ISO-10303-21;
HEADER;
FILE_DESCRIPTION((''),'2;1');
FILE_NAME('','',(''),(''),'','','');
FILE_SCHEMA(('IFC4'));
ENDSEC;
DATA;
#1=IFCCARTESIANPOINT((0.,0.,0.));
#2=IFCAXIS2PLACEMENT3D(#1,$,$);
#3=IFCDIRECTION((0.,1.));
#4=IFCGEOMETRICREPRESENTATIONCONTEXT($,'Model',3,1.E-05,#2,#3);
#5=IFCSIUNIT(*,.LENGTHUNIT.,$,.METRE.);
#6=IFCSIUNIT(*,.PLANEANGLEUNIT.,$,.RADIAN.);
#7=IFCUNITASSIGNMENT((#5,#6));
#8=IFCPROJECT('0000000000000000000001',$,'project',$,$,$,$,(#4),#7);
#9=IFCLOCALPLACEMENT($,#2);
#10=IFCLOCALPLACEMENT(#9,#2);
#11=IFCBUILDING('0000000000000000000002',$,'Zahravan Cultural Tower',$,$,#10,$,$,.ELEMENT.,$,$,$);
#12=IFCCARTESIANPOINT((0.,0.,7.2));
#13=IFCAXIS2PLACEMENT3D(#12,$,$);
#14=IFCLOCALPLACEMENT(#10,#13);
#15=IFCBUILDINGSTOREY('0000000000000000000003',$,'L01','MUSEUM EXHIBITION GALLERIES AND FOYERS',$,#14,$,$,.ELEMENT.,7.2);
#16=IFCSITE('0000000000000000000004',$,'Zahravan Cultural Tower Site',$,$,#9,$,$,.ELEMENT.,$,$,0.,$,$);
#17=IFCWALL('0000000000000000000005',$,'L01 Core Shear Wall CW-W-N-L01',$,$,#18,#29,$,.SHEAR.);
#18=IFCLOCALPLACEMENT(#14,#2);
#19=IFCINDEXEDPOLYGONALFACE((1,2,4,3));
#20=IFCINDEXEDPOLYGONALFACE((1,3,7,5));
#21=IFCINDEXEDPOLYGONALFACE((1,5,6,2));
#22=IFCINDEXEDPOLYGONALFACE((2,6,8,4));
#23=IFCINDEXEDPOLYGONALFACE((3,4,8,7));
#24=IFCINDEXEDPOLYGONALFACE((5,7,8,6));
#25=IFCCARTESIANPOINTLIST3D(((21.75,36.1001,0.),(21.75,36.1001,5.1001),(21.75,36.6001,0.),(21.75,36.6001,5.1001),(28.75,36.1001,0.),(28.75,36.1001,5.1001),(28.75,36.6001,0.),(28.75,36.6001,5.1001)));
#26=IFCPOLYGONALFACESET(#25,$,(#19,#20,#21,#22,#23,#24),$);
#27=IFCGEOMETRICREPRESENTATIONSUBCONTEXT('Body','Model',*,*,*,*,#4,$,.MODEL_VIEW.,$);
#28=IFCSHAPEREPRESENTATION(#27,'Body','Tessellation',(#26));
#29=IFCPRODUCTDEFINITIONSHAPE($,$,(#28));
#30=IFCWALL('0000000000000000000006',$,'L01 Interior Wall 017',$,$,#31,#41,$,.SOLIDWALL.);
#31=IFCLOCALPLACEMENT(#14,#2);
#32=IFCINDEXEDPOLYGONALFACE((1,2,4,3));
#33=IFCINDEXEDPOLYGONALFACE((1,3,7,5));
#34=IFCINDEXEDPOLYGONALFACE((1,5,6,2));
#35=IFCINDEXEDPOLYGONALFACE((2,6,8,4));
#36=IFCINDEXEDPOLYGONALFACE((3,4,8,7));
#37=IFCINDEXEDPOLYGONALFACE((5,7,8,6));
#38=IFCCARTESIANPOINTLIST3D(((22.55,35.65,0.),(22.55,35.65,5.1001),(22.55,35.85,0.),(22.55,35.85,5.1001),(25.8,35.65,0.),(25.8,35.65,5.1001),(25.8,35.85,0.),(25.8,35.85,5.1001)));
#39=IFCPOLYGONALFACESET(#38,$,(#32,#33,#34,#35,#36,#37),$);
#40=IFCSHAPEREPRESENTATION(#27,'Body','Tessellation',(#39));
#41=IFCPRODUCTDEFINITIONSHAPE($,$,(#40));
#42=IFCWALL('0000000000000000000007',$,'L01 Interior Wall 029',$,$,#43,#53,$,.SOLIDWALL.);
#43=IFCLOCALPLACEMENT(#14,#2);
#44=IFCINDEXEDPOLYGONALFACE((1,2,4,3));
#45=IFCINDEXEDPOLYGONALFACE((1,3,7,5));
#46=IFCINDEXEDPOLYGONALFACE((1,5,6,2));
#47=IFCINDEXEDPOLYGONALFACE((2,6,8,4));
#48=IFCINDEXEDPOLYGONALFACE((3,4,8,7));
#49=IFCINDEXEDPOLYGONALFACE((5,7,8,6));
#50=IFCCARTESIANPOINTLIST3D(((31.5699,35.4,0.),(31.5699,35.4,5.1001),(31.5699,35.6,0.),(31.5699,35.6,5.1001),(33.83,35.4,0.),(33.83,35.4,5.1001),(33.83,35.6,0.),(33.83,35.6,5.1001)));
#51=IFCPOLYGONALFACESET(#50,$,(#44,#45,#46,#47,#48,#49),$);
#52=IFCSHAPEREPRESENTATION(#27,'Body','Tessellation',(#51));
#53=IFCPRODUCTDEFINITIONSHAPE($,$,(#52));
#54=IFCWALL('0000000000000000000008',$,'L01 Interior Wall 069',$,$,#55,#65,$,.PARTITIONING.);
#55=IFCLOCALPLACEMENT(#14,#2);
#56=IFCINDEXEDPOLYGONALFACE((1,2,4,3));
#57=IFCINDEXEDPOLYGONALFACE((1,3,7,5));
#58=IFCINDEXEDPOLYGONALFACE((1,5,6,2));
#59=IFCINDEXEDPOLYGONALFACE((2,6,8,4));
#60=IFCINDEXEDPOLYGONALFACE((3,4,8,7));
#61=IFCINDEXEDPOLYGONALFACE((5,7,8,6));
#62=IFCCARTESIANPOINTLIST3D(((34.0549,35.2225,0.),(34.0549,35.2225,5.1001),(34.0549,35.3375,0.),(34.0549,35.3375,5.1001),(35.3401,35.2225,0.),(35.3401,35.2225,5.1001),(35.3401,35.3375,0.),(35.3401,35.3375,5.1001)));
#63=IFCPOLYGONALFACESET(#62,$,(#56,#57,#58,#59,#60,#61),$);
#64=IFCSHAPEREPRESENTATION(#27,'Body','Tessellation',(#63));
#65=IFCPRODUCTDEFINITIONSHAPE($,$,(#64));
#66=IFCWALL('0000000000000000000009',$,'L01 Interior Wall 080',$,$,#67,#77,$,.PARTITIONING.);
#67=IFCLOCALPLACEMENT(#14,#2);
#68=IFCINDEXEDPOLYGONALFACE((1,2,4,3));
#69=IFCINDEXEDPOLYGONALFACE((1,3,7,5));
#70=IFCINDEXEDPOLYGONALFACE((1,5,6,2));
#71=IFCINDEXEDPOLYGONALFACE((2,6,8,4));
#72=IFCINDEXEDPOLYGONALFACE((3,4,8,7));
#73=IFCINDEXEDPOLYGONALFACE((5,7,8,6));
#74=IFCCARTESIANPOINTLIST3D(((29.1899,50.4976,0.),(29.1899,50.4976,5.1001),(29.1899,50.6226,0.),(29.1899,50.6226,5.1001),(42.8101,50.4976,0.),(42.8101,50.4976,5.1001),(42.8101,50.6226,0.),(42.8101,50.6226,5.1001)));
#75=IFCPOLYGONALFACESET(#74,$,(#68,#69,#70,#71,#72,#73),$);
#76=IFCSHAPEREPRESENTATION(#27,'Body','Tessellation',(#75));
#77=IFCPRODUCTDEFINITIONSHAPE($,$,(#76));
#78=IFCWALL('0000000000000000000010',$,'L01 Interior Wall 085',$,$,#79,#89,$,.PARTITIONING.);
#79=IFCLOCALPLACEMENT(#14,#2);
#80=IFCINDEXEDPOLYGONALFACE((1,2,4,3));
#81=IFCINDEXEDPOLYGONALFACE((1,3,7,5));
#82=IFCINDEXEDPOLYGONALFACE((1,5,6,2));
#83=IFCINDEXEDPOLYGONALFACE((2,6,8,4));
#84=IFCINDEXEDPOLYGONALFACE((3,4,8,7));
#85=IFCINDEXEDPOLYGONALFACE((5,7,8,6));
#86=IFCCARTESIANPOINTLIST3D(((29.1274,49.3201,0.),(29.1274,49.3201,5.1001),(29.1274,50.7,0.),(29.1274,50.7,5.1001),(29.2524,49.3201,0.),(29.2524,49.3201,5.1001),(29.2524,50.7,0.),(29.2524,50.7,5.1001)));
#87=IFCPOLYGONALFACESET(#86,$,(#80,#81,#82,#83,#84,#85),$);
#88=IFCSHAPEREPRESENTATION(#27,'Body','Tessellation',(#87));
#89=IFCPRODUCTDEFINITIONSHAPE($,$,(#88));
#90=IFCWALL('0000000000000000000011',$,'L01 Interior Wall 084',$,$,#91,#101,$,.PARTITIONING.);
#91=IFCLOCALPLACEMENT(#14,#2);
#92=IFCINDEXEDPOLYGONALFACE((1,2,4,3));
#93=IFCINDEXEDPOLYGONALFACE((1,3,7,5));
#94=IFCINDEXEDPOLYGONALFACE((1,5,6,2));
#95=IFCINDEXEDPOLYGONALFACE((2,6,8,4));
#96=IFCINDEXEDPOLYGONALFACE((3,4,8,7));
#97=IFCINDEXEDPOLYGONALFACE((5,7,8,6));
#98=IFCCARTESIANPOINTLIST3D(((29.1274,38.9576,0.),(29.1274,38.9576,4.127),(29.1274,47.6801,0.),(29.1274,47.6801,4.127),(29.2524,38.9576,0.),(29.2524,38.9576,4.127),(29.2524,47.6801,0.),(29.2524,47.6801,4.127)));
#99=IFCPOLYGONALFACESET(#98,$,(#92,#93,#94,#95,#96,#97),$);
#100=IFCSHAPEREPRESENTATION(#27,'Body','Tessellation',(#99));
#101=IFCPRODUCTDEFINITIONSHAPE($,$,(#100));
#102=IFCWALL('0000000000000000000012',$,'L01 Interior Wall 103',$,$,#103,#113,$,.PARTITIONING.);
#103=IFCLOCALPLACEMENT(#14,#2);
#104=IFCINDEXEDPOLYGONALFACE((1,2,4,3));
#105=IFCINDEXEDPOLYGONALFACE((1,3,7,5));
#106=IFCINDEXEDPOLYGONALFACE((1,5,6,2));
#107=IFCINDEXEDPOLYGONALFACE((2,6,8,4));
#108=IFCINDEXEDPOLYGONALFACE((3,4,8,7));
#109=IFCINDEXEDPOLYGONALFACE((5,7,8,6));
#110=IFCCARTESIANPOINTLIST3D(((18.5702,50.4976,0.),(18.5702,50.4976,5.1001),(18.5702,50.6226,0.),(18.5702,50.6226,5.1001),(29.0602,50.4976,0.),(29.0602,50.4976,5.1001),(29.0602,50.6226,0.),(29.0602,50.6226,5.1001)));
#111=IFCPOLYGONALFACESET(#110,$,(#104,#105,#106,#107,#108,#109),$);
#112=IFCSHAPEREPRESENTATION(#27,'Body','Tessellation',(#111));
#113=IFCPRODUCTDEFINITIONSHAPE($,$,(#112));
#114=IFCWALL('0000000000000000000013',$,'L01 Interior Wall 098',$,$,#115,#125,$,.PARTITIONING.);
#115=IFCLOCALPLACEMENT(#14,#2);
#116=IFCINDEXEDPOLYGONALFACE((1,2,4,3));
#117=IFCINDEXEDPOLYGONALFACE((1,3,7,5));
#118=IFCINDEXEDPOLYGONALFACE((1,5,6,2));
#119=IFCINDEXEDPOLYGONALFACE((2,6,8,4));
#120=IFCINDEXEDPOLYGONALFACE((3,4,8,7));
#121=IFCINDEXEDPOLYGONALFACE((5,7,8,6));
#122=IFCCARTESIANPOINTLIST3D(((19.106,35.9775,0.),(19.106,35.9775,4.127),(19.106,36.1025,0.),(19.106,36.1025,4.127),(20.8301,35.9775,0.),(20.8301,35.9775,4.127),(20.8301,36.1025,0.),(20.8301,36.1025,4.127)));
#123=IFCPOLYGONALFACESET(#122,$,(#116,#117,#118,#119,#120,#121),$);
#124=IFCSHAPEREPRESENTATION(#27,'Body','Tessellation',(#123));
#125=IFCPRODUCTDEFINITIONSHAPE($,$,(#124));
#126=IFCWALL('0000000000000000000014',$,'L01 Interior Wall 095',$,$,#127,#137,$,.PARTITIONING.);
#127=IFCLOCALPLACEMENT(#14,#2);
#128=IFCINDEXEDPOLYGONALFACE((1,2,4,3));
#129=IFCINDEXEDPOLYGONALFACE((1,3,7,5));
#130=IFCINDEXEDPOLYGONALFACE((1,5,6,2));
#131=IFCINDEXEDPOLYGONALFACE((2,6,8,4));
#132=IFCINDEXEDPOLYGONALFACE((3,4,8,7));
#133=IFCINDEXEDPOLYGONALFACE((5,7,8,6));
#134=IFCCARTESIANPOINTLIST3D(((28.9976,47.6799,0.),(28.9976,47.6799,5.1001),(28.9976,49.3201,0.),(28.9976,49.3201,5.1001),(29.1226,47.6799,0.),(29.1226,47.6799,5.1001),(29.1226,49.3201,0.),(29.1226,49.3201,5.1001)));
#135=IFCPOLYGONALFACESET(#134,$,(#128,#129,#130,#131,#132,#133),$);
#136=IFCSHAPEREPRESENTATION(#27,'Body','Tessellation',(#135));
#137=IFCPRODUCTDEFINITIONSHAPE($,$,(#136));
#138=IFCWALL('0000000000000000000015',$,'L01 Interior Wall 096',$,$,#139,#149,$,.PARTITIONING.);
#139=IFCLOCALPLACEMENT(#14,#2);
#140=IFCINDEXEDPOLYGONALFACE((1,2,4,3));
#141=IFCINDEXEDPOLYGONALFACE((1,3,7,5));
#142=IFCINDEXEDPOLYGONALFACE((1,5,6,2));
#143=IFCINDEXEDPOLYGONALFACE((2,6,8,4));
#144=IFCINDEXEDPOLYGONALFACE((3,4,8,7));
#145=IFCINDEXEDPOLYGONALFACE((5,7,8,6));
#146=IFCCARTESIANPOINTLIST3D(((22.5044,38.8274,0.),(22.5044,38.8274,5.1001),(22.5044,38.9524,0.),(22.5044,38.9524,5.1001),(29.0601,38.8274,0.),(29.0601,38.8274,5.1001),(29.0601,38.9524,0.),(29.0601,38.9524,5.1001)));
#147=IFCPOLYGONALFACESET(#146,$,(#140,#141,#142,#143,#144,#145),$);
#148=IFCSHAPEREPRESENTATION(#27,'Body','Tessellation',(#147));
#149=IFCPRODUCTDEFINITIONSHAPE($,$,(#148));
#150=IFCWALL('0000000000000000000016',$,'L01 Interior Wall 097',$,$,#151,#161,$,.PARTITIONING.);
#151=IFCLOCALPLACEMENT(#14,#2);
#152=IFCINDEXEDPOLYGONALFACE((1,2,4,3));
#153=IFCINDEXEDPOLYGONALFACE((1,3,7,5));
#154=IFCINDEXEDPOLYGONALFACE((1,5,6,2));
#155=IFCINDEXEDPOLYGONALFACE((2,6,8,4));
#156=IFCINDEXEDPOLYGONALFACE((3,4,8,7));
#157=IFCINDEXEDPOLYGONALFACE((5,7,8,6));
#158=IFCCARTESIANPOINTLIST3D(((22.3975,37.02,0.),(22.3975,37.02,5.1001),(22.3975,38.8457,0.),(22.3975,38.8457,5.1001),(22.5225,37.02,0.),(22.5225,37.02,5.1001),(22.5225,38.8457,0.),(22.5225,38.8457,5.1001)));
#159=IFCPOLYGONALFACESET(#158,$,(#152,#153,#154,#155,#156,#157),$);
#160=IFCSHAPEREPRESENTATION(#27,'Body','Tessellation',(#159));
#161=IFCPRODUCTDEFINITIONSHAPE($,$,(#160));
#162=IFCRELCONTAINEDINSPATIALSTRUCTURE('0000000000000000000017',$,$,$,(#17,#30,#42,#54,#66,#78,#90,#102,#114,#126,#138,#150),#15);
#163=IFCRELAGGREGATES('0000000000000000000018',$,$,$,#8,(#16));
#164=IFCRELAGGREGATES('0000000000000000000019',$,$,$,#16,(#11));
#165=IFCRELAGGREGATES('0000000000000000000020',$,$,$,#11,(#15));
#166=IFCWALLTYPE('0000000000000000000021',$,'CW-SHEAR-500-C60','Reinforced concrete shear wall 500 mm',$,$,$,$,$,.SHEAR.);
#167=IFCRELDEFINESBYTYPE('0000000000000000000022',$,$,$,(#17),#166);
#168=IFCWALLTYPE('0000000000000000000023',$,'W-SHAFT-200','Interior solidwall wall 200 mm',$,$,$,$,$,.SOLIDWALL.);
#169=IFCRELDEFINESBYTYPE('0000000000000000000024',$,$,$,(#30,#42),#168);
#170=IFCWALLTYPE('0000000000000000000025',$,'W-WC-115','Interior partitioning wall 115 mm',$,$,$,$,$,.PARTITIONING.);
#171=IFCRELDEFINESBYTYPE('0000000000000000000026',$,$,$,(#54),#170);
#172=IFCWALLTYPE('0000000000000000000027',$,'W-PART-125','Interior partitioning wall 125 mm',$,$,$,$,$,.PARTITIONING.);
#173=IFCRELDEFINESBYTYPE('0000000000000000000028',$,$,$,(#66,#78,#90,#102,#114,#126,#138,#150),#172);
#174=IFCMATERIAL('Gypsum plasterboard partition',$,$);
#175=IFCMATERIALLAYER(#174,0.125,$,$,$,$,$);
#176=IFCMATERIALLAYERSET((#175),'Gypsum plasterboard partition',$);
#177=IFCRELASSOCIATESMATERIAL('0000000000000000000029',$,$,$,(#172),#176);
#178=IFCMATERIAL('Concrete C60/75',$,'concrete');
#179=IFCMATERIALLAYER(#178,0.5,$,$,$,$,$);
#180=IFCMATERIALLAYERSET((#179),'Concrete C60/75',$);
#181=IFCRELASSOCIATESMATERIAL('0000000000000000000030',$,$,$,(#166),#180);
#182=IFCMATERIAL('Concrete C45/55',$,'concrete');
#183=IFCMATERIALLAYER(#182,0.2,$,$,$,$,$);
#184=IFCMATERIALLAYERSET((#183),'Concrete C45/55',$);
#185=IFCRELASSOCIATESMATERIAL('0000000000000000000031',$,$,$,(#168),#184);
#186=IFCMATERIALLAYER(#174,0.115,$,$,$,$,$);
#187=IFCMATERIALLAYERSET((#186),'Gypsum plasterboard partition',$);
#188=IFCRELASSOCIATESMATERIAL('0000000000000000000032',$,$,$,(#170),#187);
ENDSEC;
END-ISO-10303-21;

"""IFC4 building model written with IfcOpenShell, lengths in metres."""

from ifc_helpers import new_model, si_unit, direction, frame, frame_2d, origin, place, context, subcontext, project, spatial, rectangle, extrude, source, transform, mapped, material, layer, layer_set, type_object, element, save


model = new_model("IFC4")

# Units and contexts
model_context = context("Model", 3, precision=1e-05, world=origin(), true_north=direction((0.0, 1.0)))
body_context = subcontext(model_context, "Body", "Model", "MODEL_VIEW")
ifc_project = project(units=[si_unit("LENGTHUNIT", "METRE"), si_unit("PLANEANGLEUNIT", "RADIAN")], contexts=[model_context])

# Site, building, storey
site_placement = place(None, origin())
site = spatial("IfcSite", under=ifc_project, at=site_placement, Name="Zahravan Cultural Tower Site", CompositionType="ELEMENT", RefElevation=0.0)
building_placement = place(site_placement, origin())
building = spatial("IfcBuilding", under=site, at=building_placement, Name="Zahravan Cultural Tower", CompositionType="ELEMENT")
storey_placement = place(building_placement, frame((0.0, 0.0, 7.2)))
storey = spatial("IfcBuildingStorey", under=building, at=storey_placement, Name="L01", Description="MUSEUM EXHIBITION GALLERIES AND FOYERS", CompositionType="ELEMENT", Elevation=7.2)

# Shared definitions
ifc_material_1 = material(Name="Concrete C60/75", Category="concrete")

# Shared definitions
ifc_material_2 = material(Name="Gypsum plasterboard partition")
ifc_layer_1 = layer(ifc_material_2, 0.125)
ifc_layer_set_1 = layer_set([ifc_layer_1], Name="Gypsum plasterboard partition")
wall_type_1 = type_object("IfcWallType", Name="W-PART-125", Description="Interior partitioning wall 125 mm", PredefinedType="PARTITIONING", material=ifc_layer_set_1)

# Walls
ifc_layer_2 = layer(ifc_material_1, 0.5)
ifc_layer_set_2 = layer_set([ifc_layer_2], Name="Concrete C60/75")
wall_type_2 = type_object("IfcWallType", Name="CW-SHEAR-500-C60", Description="Reinforced concrete shear wall 500 mm", PredefinedType="SHEAR", material=ifc_layer_set_2)
shared_shape_1 = source(origin(), body_context, "Body", "SweptSolid", [
    extrude(rectangle(XDim=7.0, YDim=0.5, at=frame_2d((3.5, 0.0))), origin(), (0.0, 0.0, 1.0), 5.1001),
])
wall_1_placement = place(storey_placement, frame((21.75, 36.3501, 0.0), z_axis=(0.0, 0.0, 1.0), x_axis=(1.0, 0.0, 0.0)))
element("IfcWall", 1, at=wall_1_placement, inside=storey, type_object=wall_type_2, Name="L01 Core Shear Wall CW-W-N-L01", PredefinedType="SHEAR", context=body_context, shape_type="MappedRepresentation", body=[
    mapped(shared_shape_1, transform((0.0, 0.0, 0.0), x_axis=(1.0, 0.0, 0.0), y_axis=(0.0, 1.0, 0.0), z_axis=(0.0, 0.0, 1.0), scale=1.0)),
])
ifc_material_3 = material(Name="Concrete C45/55", Category="concrete")
ifc_layer_3 = layer(ifc_material_3, 0.2)
ifc_layer_set_3 = layer_set([ifc_layer_3], Name="Concrete C45/55")
wall_type_3 = type_object("IfcWallType", Name="W-SHAFT-200", Description="Interior solidwall wall 200 mm", PredefinedType="SOLIDWALL", material=ifc_layer_set_3)
shared_shape_2 = source(origin(), body_context, "Body", "SweptSolid", [
    extrude(rectangle(XDim=3.25, YDim=0.2, at=frame_2d((1.625, 0.0))), origin(), (0.0, 0.0, 1.0), 5.1001),
])
wall_2_placement = place(storey_placement, frame((22.55, 35.75, 0.0), z_axis=(0.0, 0.0, 1.0), x_axis=(1.0, 0.0, 0.0)))
element("IfcWall", 2, at=wall_2_placement, inside=storey, type_object=wall_type_3, Name="L01 Interior Wall 017", PredefinedType="SOLIDWALL", context=body_context, shape_type="MappedRepresentation", body=[
    mapped(shared_shape_2, transform((0.0, 0.0, 0.0), x_axis=(1.0, 0.0, 0.0), y_axis=(0.0, 1.0, 0.0), z_axis=(0.0, 0.0, 1.0), scale=1.0)),
])
shared_shape_3 = source(origin(), body_context, "Body", "SweptSolid", [
    extrude(rectangle(XDim=2.26, YDim=0.2, at=frame_2d((1.1299, 0.0))), origin(), (0.0, 0.0, 1.0), 5.1001),
])
wall_3_placement = place(storey_placement, frame((31.5701, 35.5, 0.0), z_axis=(0.0, 0.0, 1.0), x_axis=(1.0, 0.0, 0.0)))
element("IfcWall", 3, at=wall_3_placement, inside=storey, type_object=wall_type_3, Name="L01 Interior Wall 029", PredefinedType="SOLIDWALL", context=body_context, shape_type="MappedRepresentation", body=[
    mapped(shared_shape_3, transform((0.0, 0.0, 0.0), x_axis=(1.0, 0.0, 0.0), y_axis=(0.0, 1.0, 0.0), z_axis=(0.0, 0.0, 1.0), scale=1.0)),
])
ifc_layer_4 = layer(ifc_material_2, 0.115)
ifc_layer_set_4 = layer_set([ifc_layer_4], Name="Gypsum plasterboard partition")
wall_type_4 = type_object("IfcWallType", Name="W-WC-115", Description="Interior partitioning wall 115 mm", PredefinedType="PARTITIONING", material=ifc_layer_set_4)
shared_shape_4 = source(origin(), body_context, "Body", "SweptSolid", [
    extrude(rectangle(XDim=1.2852, YDim=0.115, at=frame_2d((0.6426, 0.0))), origin(), (0.0, 0.0, 1.0), 5.1001),
])
wall_4_placement = place(storey_placement, frame((34.0549, 35.28, 0.0), z_axis=(0.0, 0.0, 1.0), x_axis=(1.0, 0.0, 0.0)))
element("IfcWall", 4, at=wall_4_placement, inside=storey, type_object=wall_type_4, Name="L01 Interior Wall 069", PredefinedType="PARTITIONING", context=body_context, shape_type="MappedRepresentation", body=[
    mapped(shared_shape_4, transform((0.0, 0.0, 0.0), x_axis=(1.0, 0.0, 0.0), y_axis=(0.0, 1.0, 0.0), z_axis=(0.0, 0.0, 1.0), scale=1.0)),
])
shared_shape_5 = source(origin(), body_context, "Body", "SweptSolid", [
    extrude(rectangle(XDim=13.6201, YDim=0.125, at=frame_2d((6.8101, 0.0))), origin(), (0.0, 0.0, 1.0), 5.1001),
])
wall_5_placement = place(storey_placement, frame((29.1899, 50.5601, 0.0), z_axis=(0.0, 0.0, 1.0), x_axis=(1.0, 0.0, 0.0)))
element("IfcWall", 5, at=wall_5_placement, inside=storey, type_object=wall_type_1, Name="L01 Interior Wall 080", PredefinedType="PARTITIONING", context=body_context, shape_type="MappedRepresentation", body=[
    mapped(shared_shape_5, transform((0.0, 0.0, 0.0), x_axis=(1.0, 0.0, 0.0), y_axis=(0.0, 1.0, 0.0), z_axis=(0.0, 0.0, 1.0), scale=1.0)),
])
shared_shape_6 = source(origin(), body_context, "Body", "SweptSolid", [
    extrude(rectangle(XDim=1.3799, YDim=0.125, at=frame_2d((0.6899, 0.0))), origin(), (0.0, 0.0, 1.0), 5.1001),
])
wall_6_placement = place(storey_placement, frame((29.1899, 49.3201, 0.0), z_axis=(0.0, 0.0, 1.0), x_axis=(0.0, 1.0, 0.0)))
element("IfcWall", 6, at=wall_6_placement, inside=storey, type_object=wall_type_1, Name="L01 Interior Wall 085", PredefinedType="PARTITIONING", context=body_context, shape_type="MappedRepresentation", body=[
    mapped(shared_shape_6, transform((0.0, 0.0, 0.0), x_axis=(1.0, 0.0, 0.0), y_axis=(0.0, 1.0, 0.0), z_axis=(0.0, 0.0, 1.0), scale=1.0)),
])
shared_shape_7 = source(origin(), body_context, "Body", "SweptSolid", [
    extrude(rectangle(XDim=8.7224, YDim=0.125, at=frame_2d((4.3613, 0.0))), origin(), (0.0, 0.0, 1.0), 4.127),
])
wall_7_placement = place(storey_placement, frame((29.1899, 38.9575, 0.0), z_axis=(0.0, 0.0, 1.0), x_axis=(0.0, 1.0, 0.0)))
element("IfcWall", 7, at=wall_7_placement, inside=storey, type_object=wall_type_1, Name="L01 Interior Wall 084", PredefinedType="PARTITIONING", context=body_context, shape_type="MappedRepresentation", body=[
    mapped(shared_shape_7, transform((0.0, 0.0, 0.0), x_axis=(1.0, 0.0, 0.0), y_axis=(0.0, 1.0, 0.0), z_axis=(0.0, 0.0, 1.0), scale=1.0)),
])
shared_shape_8 = source(origin(), body_context, "Body", "SweptSolid", [
    extrude(rectangle(XDim=10.49, YDim=0.125, at=frame_2d((5.2451, 0.0))), origin(), (0.0, 0.0, 1.0), 5.1001),
])
wall_8_placement = place(storey_placement, frame((18.5701, 50.5601, 0.0), z_axis=(0.0, 0.0, 1.0), x_axis=(1.0, 0.0, 0.0)))
element("IfcWall", 8, at=wall_8_placement, inside=storey, type_object=wall_type_1, Name="L01 Interior Wall 103", PredefinedType="PARTITIONING", context=body_context, shape_type="MappedRepresentation", body=[
    mapped(shared_shape_8, transform((0.0, 0.0, 0.0), x_axis=(1.0, 0.0, 0.0), y_axis=(0.0, 1.0, 0.0), z_axis=(0.0, 0.0, 1.0), scale=1.0)),
])
shared_shape_9 = source(origin(), body_context, "Body", "SweptSolid", [
    extrude(rectangle(XDim=1.7241, YDim=0.125, at=frame_2d((0.8621, 0.0))), origin(), (0.0, 0.0, 1.0), 4.127),
])
wall_9_placement = place(storey_placement, frame((20.8301, 36.04, 0.0), z_axis=(0.0, 0.0, 1.0), x_axis=(-1.0, 0.0, 0.0)))
element("IfcWall", 9, at=wall_9_placement, inside=storey, type_object=wall_type_1, Name="L01 Interior Wall 098", PredefinedType="PARTITIONING", context=body_context, shape_type="MappedRepresentation", body=[
    mapped(shared_shape_9, transform((0.0, 0.0, 0.0), x_axis=(1.0, 0.0, 0.0), y_axis=(0.0, 1.0, 0.0), z_axis=(0.0, 0.0, 1.0), scale=1.0)),
])
shared_shape_10 = source(origin(), body_context, "Body", "SweptSolid", [
    extrude(rectangle(XDim=1.6401, YDim=0.125, at=frame_2d((0.8201, 0.0))), origin(), (0.0, 0.0, 1.0), 5.1001),
])
wall_10_placement = place(storey_placement, frame((29.0601, 49.3201, 0.0), z_axis=(0.0, 0.0, 1.0), x_axis=(0.0, -1.0, 0.0)))
element("IfcWall", 10, at=wall_10_placement, inside=storey, type_object=wall_type_1, Name="L01 Interior Wall 095", PredefinedType="PARTITIONING", context=body_context, shape_type="MappedRepresentation", body=[
    mapped(shared_shape_10, transform((0.0, 0.0, 0.0), x_axis=(1.0, 0.0, 0.0), y_axis=(0.0, 1.0, 0.0), z_axis=(0.0, 0.0, 1.0), scale=1.0)),
])
shared_shape_11 = source(origin(), body_context, "Body", "SweptSolid", [
    extrude(rectangle(XDim=6.5557, YDim=0.125, at=frame_2d((3.2778, 0.0))), origin(), (0.0, 0.0, 1.0), 5.1001),
])
wall_11_placement = place(storey_placement, frame((29.0601, 38.8899, 0.0), z_axis=(0.0, 0.0, 1.0), x_axis=(-1.0, 0.0, 0.0)))
element("IfcWall", 11, at=wall_11_placement, inside=storey, type_object=wall_type_1, Name="L01 Interior Wall 096", PredefinedType="PARTITIONING", context=body_context, shape_type="MappedRepresentation", body=[
    mapped(shared_shape_11, transform((0.0, 0.0, 0.0), x_axis=(1.0, 0.0, 0.0), y_axis=(0.0, 1.0, 0.0), z_axis=(0.0, 0.0, 1.0), scale=1.0)),
])
shared_shape_12 = source(origin(), body_context, "Body", "SweptSolid", [
    extrude(rectangle(XDim=1.8257, YDim=0.125, at=frame_2d((0.9128, 0.0))), origin(), (0.0, 0.0, 1.0), 5.1001),
])
wall_12_placement = place(storey_placement, frame((22.46, 38.8457, 0.0), z_axis=(0.0, 0.0, 1.0), x_axis=(0.0, -1.0, 0.0)))
element("IfcWall", 12, at=wall_12_placement, inside=storey, type_object=wall_type_1, Name="L01 Interior Wall 097", PredefinedType="PARTITIONING", context=body_context, shape_type="MappedRepresentation", body=[
    mapped(shared_shape_12, transform((0.0, 0.0, 0.0), x_axis=(1.0, 0.0, 0.0), y_axis=(0.0, 1.0, 0.0), z_axis=(0.0, 0.0, 1.0), scale=1.0)),
])

save(model, "model.ifc")
